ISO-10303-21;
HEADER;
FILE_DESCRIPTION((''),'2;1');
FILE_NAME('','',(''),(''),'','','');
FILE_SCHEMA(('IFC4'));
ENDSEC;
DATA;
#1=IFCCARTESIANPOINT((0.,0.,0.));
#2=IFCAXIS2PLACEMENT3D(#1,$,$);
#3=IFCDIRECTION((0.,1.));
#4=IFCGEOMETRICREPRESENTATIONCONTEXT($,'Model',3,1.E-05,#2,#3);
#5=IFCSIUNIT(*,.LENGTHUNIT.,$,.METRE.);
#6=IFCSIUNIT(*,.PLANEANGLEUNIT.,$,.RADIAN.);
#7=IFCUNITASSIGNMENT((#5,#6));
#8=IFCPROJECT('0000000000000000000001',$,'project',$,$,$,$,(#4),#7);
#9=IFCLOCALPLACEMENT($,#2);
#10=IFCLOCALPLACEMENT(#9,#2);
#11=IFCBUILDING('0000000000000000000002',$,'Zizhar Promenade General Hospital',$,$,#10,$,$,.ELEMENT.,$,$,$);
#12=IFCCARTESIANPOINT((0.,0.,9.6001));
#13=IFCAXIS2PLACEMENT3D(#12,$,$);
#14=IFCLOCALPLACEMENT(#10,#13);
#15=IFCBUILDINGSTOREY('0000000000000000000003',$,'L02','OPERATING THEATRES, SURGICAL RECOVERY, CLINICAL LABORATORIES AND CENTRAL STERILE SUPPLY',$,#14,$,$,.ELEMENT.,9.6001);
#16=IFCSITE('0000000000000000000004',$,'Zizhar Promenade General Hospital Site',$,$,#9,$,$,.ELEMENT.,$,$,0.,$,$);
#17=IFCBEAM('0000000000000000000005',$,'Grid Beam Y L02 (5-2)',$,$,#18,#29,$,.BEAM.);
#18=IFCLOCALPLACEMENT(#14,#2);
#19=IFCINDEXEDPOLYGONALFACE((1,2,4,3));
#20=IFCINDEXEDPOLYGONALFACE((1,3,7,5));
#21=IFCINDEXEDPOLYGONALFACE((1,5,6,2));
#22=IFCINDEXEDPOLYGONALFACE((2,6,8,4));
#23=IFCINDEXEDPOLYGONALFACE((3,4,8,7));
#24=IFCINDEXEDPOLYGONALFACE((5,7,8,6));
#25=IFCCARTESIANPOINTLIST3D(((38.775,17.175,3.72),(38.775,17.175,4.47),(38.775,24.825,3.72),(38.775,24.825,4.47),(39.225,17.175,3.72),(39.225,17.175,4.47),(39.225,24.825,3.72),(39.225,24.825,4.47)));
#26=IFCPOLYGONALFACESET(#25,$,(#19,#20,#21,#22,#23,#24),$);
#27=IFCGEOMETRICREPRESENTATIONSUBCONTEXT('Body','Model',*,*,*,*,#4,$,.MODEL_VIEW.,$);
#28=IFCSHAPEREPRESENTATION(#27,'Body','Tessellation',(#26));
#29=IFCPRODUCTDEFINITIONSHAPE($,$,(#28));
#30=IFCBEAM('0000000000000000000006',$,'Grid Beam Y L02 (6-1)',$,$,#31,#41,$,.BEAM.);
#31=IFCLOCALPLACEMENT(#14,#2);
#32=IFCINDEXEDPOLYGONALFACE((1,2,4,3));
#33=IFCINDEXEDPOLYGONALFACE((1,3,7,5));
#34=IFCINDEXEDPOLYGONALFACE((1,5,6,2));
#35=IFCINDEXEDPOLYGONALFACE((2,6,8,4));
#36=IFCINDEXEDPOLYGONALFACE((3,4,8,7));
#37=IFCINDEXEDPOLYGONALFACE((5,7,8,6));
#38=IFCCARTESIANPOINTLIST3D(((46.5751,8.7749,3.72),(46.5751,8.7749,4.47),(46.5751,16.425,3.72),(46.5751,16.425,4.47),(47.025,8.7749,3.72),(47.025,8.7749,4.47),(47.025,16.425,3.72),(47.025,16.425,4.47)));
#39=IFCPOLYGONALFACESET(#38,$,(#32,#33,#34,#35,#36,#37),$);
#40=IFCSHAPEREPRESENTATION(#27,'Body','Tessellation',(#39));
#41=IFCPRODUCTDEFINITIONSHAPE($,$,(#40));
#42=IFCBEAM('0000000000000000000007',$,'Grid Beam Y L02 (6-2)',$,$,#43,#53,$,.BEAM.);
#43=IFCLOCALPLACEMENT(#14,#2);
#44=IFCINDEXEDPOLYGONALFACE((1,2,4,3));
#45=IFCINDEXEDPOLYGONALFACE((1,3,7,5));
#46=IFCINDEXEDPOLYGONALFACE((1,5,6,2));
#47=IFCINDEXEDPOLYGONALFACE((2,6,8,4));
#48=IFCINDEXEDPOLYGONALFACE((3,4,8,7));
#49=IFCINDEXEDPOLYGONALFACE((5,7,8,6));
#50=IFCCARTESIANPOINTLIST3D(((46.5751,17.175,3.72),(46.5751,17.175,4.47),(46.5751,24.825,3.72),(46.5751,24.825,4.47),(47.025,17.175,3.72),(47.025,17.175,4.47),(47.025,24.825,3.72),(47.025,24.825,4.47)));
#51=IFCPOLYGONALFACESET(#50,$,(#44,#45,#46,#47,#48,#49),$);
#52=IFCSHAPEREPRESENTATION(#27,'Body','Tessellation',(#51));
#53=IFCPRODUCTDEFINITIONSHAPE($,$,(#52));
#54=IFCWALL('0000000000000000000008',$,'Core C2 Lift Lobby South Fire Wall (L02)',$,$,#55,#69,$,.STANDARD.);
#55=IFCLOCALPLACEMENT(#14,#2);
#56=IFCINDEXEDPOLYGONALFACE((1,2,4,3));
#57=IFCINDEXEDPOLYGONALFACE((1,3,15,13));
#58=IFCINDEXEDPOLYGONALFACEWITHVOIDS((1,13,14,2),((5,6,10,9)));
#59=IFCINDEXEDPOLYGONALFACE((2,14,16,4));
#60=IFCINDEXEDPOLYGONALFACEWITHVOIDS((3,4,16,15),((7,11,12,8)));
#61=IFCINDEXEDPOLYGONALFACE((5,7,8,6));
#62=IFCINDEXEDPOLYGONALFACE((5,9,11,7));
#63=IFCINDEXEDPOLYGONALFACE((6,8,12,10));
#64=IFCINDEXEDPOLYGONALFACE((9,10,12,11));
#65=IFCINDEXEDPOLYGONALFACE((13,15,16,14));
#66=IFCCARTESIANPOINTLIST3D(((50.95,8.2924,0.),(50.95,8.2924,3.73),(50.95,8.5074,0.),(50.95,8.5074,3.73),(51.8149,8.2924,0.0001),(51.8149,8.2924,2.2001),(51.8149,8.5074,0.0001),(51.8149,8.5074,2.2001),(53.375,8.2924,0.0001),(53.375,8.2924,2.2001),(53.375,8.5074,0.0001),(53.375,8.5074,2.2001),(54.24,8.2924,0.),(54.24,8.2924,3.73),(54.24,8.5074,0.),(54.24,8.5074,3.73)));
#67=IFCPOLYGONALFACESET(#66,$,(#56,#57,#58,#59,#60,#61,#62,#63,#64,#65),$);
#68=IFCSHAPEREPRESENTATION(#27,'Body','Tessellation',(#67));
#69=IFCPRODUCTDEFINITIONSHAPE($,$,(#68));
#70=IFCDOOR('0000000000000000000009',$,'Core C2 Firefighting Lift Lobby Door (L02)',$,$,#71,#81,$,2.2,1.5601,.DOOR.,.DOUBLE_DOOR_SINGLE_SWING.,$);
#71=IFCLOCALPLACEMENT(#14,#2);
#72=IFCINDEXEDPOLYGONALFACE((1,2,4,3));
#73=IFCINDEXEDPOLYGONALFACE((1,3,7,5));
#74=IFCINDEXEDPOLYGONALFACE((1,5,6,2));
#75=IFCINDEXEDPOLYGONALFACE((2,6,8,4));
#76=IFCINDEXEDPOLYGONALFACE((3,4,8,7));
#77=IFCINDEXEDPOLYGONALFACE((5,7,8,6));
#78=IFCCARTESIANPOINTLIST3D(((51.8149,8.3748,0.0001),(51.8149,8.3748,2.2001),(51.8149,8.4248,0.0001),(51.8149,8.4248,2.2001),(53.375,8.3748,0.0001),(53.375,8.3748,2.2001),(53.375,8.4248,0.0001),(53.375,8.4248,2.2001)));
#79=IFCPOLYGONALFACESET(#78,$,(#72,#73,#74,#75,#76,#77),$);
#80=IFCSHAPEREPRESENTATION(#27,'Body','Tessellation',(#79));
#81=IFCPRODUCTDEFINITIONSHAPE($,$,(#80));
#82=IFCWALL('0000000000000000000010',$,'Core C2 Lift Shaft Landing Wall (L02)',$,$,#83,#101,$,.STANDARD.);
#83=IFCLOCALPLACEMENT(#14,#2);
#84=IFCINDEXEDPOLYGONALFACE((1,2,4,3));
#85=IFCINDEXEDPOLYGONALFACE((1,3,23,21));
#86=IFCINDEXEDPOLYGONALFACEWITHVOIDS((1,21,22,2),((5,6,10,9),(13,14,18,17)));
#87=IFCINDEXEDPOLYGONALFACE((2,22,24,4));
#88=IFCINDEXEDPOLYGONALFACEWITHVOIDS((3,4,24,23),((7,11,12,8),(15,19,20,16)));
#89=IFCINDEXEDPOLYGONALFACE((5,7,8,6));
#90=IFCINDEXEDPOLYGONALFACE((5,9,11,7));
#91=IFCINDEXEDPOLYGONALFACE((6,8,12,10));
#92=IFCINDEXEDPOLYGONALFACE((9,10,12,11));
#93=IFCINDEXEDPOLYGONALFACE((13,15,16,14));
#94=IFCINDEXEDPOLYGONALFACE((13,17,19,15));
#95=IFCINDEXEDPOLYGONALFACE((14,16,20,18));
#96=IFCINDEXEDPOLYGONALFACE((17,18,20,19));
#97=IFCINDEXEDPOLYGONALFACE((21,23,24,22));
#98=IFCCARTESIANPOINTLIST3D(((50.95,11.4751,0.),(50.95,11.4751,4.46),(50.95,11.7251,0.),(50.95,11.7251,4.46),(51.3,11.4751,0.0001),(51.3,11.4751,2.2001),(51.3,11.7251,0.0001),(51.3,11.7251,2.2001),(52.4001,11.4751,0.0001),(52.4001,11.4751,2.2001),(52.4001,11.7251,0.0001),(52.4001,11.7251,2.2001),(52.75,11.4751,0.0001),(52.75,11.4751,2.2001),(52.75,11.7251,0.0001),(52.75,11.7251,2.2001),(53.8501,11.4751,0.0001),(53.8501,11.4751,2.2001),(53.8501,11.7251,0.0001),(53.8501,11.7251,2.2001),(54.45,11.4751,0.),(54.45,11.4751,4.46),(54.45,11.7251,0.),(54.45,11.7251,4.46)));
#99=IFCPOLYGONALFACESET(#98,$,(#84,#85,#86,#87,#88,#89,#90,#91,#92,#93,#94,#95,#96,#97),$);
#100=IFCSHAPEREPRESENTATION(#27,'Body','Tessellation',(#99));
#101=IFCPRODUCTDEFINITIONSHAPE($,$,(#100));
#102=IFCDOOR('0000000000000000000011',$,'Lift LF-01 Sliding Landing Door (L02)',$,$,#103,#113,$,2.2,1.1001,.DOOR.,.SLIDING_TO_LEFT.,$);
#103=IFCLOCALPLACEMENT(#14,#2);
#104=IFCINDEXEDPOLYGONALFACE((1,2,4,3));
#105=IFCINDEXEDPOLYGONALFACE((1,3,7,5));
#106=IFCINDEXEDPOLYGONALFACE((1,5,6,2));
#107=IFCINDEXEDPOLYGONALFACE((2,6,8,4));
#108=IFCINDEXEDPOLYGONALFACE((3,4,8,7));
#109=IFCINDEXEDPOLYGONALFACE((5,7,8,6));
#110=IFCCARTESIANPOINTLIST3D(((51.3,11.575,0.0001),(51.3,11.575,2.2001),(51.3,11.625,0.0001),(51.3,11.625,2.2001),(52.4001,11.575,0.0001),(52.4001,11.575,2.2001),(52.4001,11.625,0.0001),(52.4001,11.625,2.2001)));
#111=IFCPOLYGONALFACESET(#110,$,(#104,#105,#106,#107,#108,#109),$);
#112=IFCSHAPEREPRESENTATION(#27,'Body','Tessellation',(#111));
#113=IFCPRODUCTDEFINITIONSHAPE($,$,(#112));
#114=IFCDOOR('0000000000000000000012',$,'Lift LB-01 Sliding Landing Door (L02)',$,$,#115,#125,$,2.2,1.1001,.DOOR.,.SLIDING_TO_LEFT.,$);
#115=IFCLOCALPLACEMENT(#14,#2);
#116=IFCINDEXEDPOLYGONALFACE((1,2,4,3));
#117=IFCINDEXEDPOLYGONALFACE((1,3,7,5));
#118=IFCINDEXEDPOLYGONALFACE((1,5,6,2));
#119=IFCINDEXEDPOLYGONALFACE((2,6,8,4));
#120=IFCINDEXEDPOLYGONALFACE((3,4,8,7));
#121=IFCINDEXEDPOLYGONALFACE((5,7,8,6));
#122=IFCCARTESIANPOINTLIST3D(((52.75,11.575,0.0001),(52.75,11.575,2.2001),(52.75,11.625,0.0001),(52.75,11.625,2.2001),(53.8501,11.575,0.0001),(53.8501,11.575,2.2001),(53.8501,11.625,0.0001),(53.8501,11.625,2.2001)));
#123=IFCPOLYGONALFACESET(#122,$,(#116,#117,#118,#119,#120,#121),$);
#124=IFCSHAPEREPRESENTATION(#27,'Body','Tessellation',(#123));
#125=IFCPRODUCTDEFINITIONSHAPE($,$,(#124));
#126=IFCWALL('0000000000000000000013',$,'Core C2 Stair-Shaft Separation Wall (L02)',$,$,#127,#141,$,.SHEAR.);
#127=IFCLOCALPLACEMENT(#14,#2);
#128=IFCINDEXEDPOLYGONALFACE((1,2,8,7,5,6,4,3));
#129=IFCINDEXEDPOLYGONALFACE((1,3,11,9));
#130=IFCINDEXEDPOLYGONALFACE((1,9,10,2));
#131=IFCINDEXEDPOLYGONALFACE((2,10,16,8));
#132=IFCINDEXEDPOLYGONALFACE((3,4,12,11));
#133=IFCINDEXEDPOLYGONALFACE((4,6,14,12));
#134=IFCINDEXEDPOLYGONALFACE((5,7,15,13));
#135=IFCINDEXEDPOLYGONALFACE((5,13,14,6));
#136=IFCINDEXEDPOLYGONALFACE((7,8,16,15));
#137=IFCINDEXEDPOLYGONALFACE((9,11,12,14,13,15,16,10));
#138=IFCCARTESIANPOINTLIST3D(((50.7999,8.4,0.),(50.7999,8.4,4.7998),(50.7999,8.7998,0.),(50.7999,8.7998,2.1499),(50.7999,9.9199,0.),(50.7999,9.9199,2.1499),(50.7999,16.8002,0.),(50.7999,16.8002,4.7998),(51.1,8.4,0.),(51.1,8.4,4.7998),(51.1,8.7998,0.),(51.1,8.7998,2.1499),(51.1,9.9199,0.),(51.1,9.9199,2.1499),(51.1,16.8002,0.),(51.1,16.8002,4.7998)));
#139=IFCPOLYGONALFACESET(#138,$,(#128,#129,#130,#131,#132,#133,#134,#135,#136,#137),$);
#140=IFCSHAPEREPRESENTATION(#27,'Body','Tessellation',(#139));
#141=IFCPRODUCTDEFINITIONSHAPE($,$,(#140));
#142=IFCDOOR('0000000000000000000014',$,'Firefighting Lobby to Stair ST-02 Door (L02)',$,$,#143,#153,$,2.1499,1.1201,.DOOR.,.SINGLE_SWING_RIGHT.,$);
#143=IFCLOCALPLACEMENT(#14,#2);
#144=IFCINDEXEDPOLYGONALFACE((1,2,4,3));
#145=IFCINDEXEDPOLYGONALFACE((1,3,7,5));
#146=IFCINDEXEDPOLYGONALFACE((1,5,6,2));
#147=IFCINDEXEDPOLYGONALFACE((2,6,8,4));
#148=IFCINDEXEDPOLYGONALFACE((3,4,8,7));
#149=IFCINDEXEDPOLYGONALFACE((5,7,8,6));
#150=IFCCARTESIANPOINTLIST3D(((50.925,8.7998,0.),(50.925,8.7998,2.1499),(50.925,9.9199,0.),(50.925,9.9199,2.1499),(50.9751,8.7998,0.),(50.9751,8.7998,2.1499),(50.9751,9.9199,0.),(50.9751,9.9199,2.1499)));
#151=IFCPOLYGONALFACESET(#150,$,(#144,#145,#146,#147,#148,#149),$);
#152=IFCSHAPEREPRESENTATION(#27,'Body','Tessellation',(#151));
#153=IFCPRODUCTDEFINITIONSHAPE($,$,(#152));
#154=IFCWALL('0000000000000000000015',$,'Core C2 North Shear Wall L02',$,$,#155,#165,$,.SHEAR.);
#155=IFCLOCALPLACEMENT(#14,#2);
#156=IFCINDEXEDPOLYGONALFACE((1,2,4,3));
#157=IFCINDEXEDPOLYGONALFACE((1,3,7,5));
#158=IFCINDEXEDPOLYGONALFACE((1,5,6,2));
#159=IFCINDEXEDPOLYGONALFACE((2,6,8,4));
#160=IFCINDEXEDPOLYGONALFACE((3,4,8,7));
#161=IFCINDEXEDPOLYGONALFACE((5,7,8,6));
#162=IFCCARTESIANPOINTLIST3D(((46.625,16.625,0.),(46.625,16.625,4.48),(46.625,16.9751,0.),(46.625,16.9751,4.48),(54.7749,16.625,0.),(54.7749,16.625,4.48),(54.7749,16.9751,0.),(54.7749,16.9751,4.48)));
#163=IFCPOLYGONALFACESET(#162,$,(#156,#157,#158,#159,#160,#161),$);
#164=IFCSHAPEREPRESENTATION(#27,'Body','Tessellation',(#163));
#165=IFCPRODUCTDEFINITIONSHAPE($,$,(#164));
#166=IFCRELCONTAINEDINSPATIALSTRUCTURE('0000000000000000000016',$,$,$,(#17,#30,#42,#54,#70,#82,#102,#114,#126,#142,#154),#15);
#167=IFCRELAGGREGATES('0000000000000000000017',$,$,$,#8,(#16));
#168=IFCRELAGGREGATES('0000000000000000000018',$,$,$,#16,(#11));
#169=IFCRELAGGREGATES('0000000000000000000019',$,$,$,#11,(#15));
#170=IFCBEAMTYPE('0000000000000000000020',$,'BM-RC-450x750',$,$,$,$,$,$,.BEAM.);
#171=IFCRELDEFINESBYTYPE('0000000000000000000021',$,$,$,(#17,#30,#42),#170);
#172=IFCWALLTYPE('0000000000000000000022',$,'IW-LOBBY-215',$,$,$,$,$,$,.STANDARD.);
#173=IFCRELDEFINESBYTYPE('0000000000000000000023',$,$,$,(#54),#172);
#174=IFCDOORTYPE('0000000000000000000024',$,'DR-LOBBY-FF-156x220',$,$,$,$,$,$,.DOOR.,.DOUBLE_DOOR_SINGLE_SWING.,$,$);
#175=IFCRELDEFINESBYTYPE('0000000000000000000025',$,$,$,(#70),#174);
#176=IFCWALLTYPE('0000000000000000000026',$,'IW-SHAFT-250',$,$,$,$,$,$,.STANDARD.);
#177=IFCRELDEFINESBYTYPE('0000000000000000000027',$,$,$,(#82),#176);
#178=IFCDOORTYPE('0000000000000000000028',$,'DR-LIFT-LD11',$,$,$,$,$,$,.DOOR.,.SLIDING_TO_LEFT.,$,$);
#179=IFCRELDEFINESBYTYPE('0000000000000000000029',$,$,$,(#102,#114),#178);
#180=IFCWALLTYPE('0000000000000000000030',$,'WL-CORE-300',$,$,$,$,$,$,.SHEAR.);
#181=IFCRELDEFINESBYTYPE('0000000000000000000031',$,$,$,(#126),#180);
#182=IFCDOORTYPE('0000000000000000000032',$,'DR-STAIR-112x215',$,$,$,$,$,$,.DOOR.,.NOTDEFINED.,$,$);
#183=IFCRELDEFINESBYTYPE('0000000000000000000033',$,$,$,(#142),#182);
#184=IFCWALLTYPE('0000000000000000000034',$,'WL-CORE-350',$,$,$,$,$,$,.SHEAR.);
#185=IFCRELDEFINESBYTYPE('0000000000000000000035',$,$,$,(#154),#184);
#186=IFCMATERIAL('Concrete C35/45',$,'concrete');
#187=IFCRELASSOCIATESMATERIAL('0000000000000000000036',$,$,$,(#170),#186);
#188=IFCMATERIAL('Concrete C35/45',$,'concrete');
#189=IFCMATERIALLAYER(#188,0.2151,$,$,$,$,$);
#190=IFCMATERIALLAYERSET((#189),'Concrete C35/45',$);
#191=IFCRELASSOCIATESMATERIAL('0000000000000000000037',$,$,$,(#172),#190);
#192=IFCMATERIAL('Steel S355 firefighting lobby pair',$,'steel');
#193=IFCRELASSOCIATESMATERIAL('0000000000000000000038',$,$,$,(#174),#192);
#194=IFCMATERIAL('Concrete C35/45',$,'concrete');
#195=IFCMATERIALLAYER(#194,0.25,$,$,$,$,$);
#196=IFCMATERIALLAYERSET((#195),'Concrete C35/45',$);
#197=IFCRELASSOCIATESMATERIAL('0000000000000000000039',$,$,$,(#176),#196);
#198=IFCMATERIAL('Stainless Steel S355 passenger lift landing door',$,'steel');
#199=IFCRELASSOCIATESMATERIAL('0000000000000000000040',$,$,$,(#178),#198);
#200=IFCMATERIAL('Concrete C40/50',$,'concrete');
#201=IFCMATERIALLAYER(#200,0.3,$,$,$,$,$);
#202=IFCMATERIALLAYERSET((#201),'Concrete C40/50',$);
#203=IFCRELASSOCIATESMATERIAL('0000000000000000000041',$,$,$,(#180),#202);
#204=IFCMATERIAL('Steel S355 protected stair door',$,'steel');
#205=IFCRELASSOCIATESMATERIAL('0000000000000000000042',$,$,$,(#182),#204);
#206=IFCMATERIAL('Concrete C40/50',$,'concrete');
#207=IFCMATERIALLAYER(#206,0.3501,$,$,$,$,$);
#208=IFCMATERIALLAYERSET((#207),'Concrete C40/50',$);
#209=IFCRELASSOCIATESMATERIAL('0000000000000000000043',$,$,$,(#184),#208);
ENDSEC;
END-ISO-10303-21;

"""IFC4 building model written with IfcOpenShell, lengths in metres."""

from ifc_helpers import new_model, si_unit, direction, frame, frame_2d, origin, origin_2d, place, context, subcontext, project, spatial, rectangle, extrude, material, layer, layer_set, material_profile, profile_set, type_object, element, fill, save


model = new_model("IFC4")

# Units and contexts
model_context = context("Model", 3, precision=1e-05, world=origin(), true_north=direction((0.0, 1.0)))
body_context = subcontext(model_context, "Body", "Model", "MODEL_VIEW")
ifc_project = project(units=[si_unit("LENGTHUNIT", "METRE"), si_unit("PLANEANGLEUNIT", "RADIAN")], contexts=[model_context])

# Site, building, storey
site_placement = place(None, origin())
site = spatial("IfcSite", under=ifc_project, at=site_placement, Name="Zizhar Promenade General Hospital Site", CompositionType="ELEMENT", RefElevation=0.0)
building_placement = place(site_placement, origin())
building = spatial("IfcBuilding", under=site, at=building_placement, Name="Zizhar Promenade General Hospital", CompositionType="ELEMENT")
storey_placement = place(building_placement, frame((0.0, 0.0, 9.6001)))
storey = spatial("IfcBuildingStorey", under=building, at=storey_placement, Name="L02", Description="OPERATING THEATRES, SURGICAL RECOVERY, CLINICAL LABORATORIES AND CENTRAL STERILE SUPPLY", CompositionType="ELEMENT", Elevation=9.6001)

# Beams
ifc_material_1 = material(Name="Concrete C35/45", Category="concrete")
ifc_material_profile_1 = material_profile(ifc_material_1, rectangle(XDim=0.45, YDim=0.75, at=origin_2d()))
ifc_profile_set_1 = profile_set([ifc_material_profile_1], Name="Concrete C35/45")
beam_type_1 = type_object("IfcBeamType", Name="BM-RC-450x750", PredefinedType="BEAM", material=ifc_profile_set_1)
beam_1_placement = place(storey_placement, frame((39.0, 17.175, 4.095), z_axis=(0.0, 1.0, 0.0), x_axis=(-1.0, 0.0, 0.0)))
element("IfcBeam", 1, at=beam_1_placement, inside=storey, type_object=beam_type_1, Name="Grid Beam Y L02 (5-2)", PredefinedType="BEAM", context=body_context, shape_type="SweptSolid", body=[
    extrude(rectangle(XDim=0.45, YDim=0.75, at=origin_2d()), origin(), (0.0, 0.0, 1.0), 7.6499),
])
beam_2_placement = place(storey_placement, frame((46.8, 8.7749, 4.095), z_axis=(0.0, 1.0, 0.0), x_axis=(-1.0, 0.0, 0.0)))
element("IfcBeam", 2, at=beam_2_placement, inside=storey, type_object=beam_type_1, Name="Grid Beam Y L02 (6-1)", PredefinedType="BEAM", context=body_context, shape_type="SweptSolid", body=[
    extrude(rectangle(XDim=0.45, YDim=0.75, at=origin_2d()), origin(), (0.0, 0.0, 1.0), 7.6501),
])
beam_3_placement = place(storey_placement, frame((46.8, 17.175, 4.095), z_axis=(0.0, 1.0, 0.0), x_axis=(-1.0, 0.0, 0.0)))
element("IfcBeam", 3, at=beam_3_placement, inside=storey, type_object=beam_type_1, Name="Grid Beam Y L02 (6-2)", PredefinedType="BEAM", context=body_context, shape_type="SweptSolid", body=[
    extrude(rectangle(XDim=0.45, YDim=0.75, at=origin_2d()), origin(), (0.0, 0.0, 1.0), 7.6499),
])

# Wall, opening, door
ifc_material_2 = material(Name="Concrete C35/45", Category="concrete")
ifc_layer_1 = layer(ifc_material_2, 0.2151)
ifc_layer_set_1 = layer_set([ifc_layer_1], Name="Concrete C35/45")
wall_type_1 = type_object("IfcWallType", Name="IW-LOBBY-215", PredefinedType="STANDARD", material=ifc_layer_set_1)
wall_1_placement = place(storey_placement, frame((50.95, 8.3999, 0.0), z_axis=(0.0, 0.0, 1.0), x_axis=(1.0, 0.0, 0.0)))
wall_1 = element("IfcWall", 4, at=wall_1_placement, inside=storey, type_object=wall_type_1, Name="Core C2 Lift Lobby South Fire Wall (L02)", PredefinedType="STANDARD", context=body_context, shape_type="SweptSolid", body=[
    extrude(rectangle(XDim=3.29, YDim=0.2151, at=frame_2d((1.645, 0.0))), origin(), (0.0, 0.0, 1.0), 3.73),
])
opening_1_placement = place(wall_1_placement, frame((0.865, 0.0, 0.0)))
opening_1 = element("IfcOpeningElement", 5, at=opening_1_placement, cuts=wall_1, PredefinedType="OPENING", context=body_context, shape_type="SweptSolid", body=[
    extrude(rectangle(XDim=1.5601, YDim=2.2, at=frame_2d((0.78, 1.1001))), frame((0.0, 0.1177, 0.0), z_axis=(0.0, -1.0, 0.0), x_axis=(1.0, 0.0, 0.0)), (0.0, 0.0, 1.0), 0.2351),
])
ifc_material_3 = material(Name="Steel S355 firefighting lobby pair", Category="steel")
door_type_1 = type_object("IfcDoorType", Name="DR-LOBBY-FF-156x220", OperationType="DOUBLE_DOOR_SINGLE_SWING", PredefinedType="DOOR", material=ifc_material_3)
door_1_placement = place(opening_1_placement, origin())
door_1 = element("IfcDoor", 6, at=door_1_placement, inside=storey, type_object=door_type_1, Name="Core C2 Firefighting Lift Lobby Door (L02)", OperationType="DOUBLE_DOOR_SINGLE_SWING", OverallHeight=2.2, OverallWidth=1.5601, PredefinedType="DOOR", context=body_context, shape_type="SweptSolid", body=[
    extrude(rectangle(XDim=1.5601, YDim=2.2, at=frame_2d((0.78, 1.1001))), frame((0.0, 0.0249, 0.0), z_axis=(0.0, -1.0, 0.0), x_axis=(1.0, 0.0, 0.0)), (0.0, 0.0, 1.0), 0.05),
])
fill(opening_1, door_1)

# Wall, openings, doors
ifc_material_4 = material(Name="Concrete C35/45", Category="concrete")
ifc_layer_2 = layer(ifc_material_4, 0.25)
ifc_layer_set_2 = layer_set([ifc_layer_2], Name="Concrete C35/45")
wall_type_2 = type_object("IfcWallType", Name="IW-SHAFT-250", PredefinedType="STANDARD", material=ifc_layer_set_2)
wall_2_placement = place(storey_placement, frame((50.95, 11.6001, 0.0), z_axis=(0.0, 0.0, 1.0), x_axis=(1.0, 0.0, 0.0)))
wall_2 = element("IfcWall", 7, at=wall_2_placement, inside=storey, type_object=wall_type_2, Name="Core C2 Lift Shaft Landing Wall (L02)", PredefinedType="STANDARD", context=body_context, shape_type="SweptSolid", body=[
    extrude(rectangle(XDim=3.5, YDim=0.25, at=frame_2d((1.75, 0.0))), origin(), (0.0, 0.0, 1.0), 4.46),
])
opening_2_placement = place(wall_2_placement, frame((0.3501, 0.0, 0.0)))
opening_2 = element("IfcOpeningElement", 8, at=opening_2_placement, cuts=wall_2, PredefinedType="OPENING", context=body_context, shape_type="SweptSolid", body=[
    extrude(rectangle(XDim=1.1001, YDim=2.2, at=frame_2d((0.55, 1.1001))), frame((0.0, 0.135, 0.0), z_axis=(0.0, -1.0, 0.0), x_axis=(1.0, 0.0, 0.0)), (0.0, 0.0, 1.0), 0.27),
])
opening_3_placement = place(wall_2_placement, frame((1.8, 0.0, 0.0)))
opening_3 = element("IfcOpeningElement", 9, at=opening_3_placement, cuts=wall_2, PredefinedType="OPENING", context=body_context, shape_type="SweptSolid", body=[
    extrude(rectangle(XDim=1.1001, YDim=2.2, at=frame_2d((0.55, 1.1001))), frame((0.0, 0.135, 0.0), z_axis=(0.0, -1.0, 0.0), x_axis=(1.0, 0.0, 0.0)), (0.0, 0.0, 1.0), 0.27),
])
ifc_material_5 = material(Name="Stainless Steel S355 passenger lift landing door", Category="steel")
door_type_2 = type_object("IfcDoorType", Name="DR-LIFT-LD11", OperationType="SLIDING_TO_LEFT", PredefinedType="DOOR", material=ifc_material_5)
door_2_placement = place(opening_2_placement, origin())
door_2 = element("IfcDoor", 10, at=door_2_placement, inside=storey, type_object=door_type_2, Name="Lift LF-01 Sliding Landing Door (L02)", OperationType="SLIDING_TO_LEFT", OverallHeight=2.2, OverallWidth=1.1001, PredefinedType="DOOR", context=body_context, shape_type="SweptSolid", body=[
    extrude(rectangle(XDim=1.1001, YDim=2.2, at=frame_2d((0.55, 1.1001))), frame((0.0, 0.0249, 0.0), z_axis=(0.0, -1.0, 0.0), x_axis=(1.0, 0.0, 0.0)), (0.0, 0.0, 1.0), 0.05),
])
fill(opening_2, door_2)
door_3_placement = place(opening_3_placement, origin())
door_3 = element("IfcDoor", 11, at=door_3_placement, inside=storey, type_object=door_type_2, Name="Lift LB-01 Sliding Landing Door (L02)", OperationType="SLIDING_TO_LEFT", OverallHeight=2.2, OverallWidth=1.1001, PredefinedType="DOOR", context=body_context, shape_type="SweptSolid", body=[
    extrude(rectangle(XDim=1.1001, YDim=2.2, at=frame_2d((0.55, 1.1001))), frame((0.0, 0.0249, 0.0), z_axis=(0.0, -1.0, 0.0), x_axis=(1.0, 0.0, 0.0)), (0.0, 0.0, 1.0), 0.05),
])
fill(opening_3, door_3)

# Wall, opening, door
ifc_material_6 = material(Name="Concrete C40/50", Category="concrete")
ifc_layer_3 = layer(ifc_material_6, 0.3)
ifc_layer_set_3 = layer_set([ifc_layer_3], Name="Concrete C40/50")
wall_type_3 = type_object("IfcWallType", Name="WL-CORE-300", PredefinedType="SHEAR", material=ifc_layer_set_3)
ifc_material_7 = material(Name="Steel S355 protected stair door", Category="steel")
door_type_3 = type_object("IfcDoorType", Name="DR-STAIR-112x215", OperationType="NOTDEFINED", PredefinedType="DOOR", material=ifc_material_7)
wall_3_placement = place(storey_placement, frame((50.95, 8.3999, 0.0), z_axis=(0.0, 0.0, 1.0), x_axis=(0.0, 1.0, 0.0)))
wall_3 = element("IfcWall", 12, at=wall_3_placement, inside=storey, type_object=wall_type_3, Name="Core C2 Stair-Shaft Separation Wall (L02)", PredefinedType="SHEAR", context=body_context, shape_type="SweptSolid", body=[
    extrude(rectangle(XDim=8.4001, YDim=0.3, at=frame_2d((4.2002, 0.0))), origin(), (0.0, 0.0, 1.0), 4.7998),
])
opening_4_placement = place(wall_3_placement, frame((0.3999, 0.0, 0.0)))
opening_4 = element("IfcOpeningElement", 13, at=opening_4_placement, cuts=wall_3, PredefinedType="OPENING", context=body_context, shape_type="SweptSolid", body=[
    extrude(rectangle(XDim=1.1201, YDim=2.1499, at=frame_2d((0.5601, 1.075))), frame((0.0, 0.1602, 0.0), z_axis=(0.0, -1.0, 0.0), x_axis=(1.0, 0.0, 0.0)), (0.0, 0.0, 1.0), 0.3201),
])
door_4_placement = place(opening_4_placement, origin())
door_4 = element("IfcDoor", 14, at=door_4_placement, inside=storey, type_object=door_type_3, Name="Firefighting Lobby to Stair ST-02 Door (L02)", OperationType="SINGLE_SWING_RIGHT", OverallHeight=2.1499, OverallWidth=1.1201, PredefinedType="DOOR", context=body_context, shape_type="SweptSolid", body=[
    extrude(rectangle(XDim=1.1201, YDim=2.1499, at=frame_2d((0.5601, 1.075))), frame((0.0, 0.0249, 0.0), z_axis=(0.0, -1.0, 0.0), x_axis=(1.0, 0.0, 0.0)), (0.0, 0.0, 1.0), 0.05),
])
fill(opening_4, door_4)

# Wall
ifc_material_8 = material(Name="Concrete C40/50", Category="concrete")
ifc_layer_4 = layer(ifc_material_8, 0.3501)
ifc_layer_set_4 = layer_set([ifc_layer_4], Name="Concrete C40/50")
wall_type_4 = type_object("IfcWallType", Name="WL-CORE-350", PredefinedType="SHEAR", material=ifc_layer_set_4)
wall_4_placement = place(storey_placement, frame((46.625, 16.8, 0.0), z_axis=(0.0, 0.0, 1.0), x_axis=(1.0, 0.0, 0.0)))
element("IfcWall", 15, at=wall_4_placement, inside=storey, type_object=wall_type_4, Name="Core C2 North Shear Wall L02", PredefinedType="SHEAR", context=body_context, shape_type="SweptSolid", body=[
    extrude(rectangle(XDim=8.1499, YDim=0.3501, at=frame_2d((4.075, 0.0))), origin(), (0.0, 0.0, 1.0), 4.48),
])

save(model, "model.ifc")
